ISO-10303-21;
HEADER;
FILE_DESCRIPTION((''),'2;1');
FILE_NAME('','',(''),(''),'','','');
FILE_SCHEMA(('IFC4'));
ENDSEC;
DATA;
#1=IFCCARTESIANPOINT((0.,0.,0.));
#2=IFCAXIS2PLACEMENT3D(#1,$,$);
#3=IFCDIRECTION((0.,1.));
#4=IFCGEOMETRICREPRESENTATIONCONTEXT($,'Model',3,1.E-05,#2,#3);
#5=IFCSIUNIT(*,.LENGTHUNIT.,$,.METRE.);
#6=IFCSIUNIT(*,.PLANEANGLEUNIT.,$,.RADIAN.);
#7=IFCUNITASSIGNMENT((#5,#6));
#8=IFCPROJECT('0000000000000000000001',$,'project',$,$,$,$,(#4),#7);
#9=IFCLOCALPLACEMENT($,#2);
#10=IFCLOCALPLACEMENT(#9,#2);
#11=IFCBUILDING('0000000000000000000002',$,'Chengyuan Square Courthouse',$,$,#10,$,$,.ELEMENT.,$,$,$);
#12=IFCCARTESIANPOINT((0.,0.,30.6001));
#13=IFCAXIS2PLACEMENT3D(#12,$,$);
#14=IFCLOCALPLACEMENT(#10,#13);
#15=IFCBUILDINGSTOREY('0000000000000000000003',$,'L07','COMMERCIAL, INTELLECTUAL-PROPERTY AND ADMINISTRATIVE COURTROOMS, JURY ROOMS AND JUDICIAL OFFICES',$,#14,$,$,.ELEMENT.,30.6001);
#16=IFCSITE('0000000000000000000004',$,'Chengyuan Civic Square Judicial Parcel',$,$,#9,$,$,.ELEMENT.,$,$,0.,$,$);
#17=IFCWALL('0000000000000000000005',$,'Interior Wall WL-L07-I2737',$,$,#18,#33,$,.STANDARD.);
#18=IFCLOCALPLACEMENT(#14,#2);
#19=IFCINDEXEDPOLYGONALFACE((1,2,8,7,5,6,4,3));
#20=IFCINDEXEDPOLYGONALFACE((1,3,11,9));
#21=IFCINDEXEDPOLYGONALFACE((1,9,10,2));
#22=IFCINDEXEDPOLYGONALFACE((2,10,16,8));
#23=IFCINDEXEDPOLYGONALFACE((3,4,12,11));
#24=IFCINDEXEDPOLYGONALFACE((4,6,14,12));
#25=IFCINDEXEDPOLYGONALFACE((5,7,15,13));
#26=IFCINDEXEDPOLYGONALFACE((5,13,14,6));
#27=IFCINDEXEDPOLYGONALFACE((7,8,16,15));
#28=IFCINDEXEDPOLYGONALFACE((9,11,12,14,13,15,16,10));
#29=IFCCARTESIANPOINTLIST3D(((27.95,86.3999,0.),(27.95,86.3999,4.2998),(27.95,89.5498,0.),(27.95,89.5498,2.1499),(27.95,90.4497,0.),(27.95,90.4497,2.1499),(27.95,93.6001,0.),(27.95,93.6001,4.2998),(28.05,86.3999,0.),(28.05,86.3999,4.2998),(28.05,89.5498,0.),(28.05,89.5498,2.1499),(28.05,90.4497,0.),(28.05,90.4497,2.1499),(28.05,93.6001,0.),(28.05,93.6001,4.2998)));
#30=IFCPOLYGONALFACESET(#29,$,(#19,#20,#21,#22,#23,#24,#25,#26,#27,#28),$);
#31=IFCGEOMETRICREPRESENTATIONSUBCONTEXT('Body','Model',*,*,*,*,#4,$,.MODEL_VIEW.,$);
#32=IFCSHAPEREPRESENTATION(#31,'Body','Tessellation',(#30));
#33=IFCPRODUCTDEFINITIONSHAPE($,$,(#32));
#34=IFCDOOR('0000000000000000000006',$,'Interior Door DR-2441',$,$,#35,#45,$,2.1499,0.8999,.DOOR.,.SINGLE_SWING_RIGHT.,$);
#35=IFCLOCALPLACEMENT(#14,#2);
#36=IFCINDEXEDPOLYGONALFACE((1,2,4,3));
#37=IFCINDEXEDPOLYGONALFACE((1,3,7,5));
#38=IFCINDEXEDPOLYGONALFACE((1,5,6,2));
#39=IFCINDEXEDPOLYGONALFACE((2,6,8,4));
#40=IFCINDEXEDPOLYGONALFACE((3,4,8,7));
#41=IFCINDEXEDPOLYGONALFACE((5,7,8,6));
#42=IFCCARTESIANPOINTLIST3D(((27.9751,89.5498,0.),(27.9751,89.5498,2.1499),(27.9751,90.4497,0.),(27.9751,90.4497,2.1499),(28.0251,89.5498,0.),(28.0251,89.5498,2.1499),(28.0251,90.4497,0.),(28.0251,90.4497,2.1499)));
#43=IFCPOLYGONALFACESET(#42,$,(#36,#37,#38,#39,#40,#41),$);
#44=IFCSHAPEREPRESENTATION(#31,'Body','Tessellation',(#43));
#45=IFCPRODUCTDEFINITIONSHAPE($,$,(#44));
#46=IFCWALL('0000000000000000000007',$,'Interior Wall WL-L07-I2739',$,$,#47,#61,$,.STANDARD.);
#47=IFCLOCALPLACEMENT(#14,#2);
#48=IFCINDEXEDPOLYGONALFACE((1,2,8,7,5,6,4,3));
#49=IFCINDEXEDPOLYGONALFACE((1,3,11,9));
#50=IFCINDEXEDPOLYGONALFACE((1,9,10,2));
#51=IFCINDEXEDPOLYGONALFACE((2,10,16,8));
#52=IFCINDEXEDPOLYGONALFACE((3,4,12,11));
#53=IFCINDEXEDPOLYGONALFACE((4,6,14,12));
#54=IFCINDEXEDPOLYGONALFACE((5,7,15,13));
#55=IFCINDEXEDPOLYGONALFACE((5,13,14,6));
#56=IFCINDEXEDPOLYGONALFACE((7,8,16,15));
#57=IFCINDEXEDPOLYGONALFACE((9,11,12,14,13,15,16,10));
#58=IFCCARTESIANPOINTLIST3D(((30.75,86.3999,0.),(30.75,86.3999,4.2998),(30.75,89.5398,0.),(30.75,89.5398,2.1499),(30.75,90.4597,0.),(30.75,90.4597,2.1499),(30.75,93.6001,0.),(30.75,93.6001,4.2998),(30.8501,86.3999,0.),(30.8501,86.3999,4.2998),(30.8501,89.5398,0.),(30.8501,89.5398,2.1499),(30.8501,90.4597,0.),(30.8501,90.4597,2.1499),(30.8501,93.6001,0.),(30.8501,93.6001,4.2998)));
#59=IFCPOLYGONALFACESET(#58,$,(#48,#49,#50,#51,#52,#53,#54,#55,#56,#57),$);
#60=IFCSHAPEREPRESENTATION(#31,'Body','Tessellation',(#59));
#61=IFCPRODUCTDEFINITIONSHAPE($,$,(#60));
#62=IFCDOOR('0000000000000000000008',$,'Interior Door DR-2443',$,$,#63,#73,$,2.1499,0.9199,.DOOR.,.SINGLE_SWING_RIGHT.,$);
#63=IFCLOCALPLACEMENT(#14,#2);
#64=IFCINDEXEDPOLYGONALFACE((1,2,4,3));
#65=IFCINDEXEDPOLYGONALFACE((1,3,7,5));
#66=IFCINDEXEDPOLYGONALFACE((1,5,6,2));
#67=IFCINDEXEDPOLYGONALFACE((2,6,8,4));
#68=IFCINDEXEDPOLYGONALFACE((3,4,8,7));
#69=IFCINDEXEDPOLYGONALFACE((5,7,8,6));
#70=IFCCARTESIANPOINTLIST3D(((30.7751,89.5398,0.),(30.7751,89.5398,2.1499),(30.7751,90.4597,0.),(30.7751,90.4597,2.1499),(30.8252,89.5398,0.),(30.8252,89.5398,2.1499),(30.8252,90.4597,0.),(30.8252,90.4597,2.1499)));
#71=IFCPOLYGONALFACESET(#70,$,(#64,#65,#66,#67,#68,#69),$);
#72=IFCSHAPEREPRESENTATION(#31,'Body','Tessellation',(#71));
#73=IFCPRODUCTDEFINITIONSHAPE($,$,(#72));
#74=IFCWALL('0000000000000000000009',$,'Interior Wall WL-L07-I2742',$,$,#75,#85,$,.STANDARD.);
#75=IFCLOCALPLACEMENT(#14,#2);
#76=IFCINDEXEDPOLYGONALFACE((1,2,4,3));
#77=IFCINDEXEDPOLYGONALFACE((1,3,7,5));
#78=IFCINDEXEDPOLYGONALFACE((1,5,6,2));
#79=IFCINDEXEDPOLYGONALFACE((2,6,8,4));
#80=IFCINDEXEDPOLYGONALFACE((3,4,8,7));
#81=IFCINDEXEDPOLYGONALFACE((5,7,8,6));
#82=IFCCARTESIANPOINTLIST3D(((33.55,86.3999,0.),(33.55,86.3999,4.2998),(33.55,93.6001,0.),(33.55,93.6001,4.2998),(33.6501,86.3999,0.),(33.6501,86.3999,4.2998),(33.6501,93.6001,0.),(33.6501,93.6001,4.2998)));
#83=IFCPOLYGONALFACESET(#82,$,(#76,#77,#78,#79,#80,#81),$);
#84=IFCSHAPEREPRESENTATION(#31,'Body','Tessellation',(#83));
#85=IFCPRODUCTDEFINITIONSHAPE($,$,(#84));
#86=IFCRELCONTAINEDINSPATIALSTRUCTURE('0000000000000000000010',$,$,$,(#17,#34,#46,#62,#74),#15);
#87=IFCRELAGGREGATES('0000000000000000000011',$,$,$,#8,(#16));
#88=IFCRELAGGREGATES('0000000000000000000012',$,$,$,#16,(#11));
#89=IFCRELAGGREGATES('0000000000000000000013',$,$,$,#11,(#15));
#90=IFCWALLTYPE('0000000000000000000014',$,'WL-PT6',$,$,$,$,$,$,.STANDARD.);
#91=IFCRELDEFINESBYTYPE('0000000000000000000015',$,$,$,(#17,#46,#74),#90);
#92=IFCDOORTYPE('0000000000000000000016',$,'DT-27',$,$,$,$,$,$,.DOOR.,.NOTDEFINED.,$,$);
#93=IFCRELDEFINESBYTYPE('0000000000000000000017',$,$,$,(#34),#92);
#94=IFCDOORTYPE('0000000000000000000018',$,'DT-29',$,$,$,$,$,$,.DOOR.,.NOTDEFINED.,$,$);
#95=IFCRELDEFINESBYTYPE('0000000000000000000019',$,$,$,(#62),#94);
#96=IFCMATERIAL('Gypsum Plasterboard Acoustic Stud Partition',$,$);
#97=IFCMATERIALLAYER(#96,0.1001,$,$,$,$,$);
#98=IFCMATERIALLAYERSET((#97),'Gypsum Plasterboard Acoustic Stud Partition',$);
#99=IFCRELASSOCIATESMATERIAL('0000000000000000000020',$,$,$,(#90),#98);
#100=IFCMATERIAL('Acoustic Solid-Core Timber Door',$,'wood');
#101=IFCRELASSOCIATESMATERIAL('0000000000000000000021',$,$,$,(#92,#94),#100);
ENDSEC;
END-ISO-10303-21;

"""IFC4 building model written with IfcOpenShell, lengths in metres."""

from ifc_helpers import new_model, si_unit, direction, frame, frame_2d, origin, place, context, subcontext, project, spatial, rectangle, extrude, material, layer, layer_set, type_object, element, fill, save


model = new_model("IFC4")

# Units and contexts
model_context = context("Model", 3, precision=1e-05, world=origin(), true_north=direction((0.0, 1.0)))
body_context = subcontext(model_context, "Body", "Model", "MODEL_VIEW")
ifc_project = project(units=[si_unit("LENGTHUNIT", "METRE"), si_unit("PLANEANGLEUNIT", "RADIAN")], contexts=[model_context])

# Site, building, storey
site_placement = place(None, origin())
site = spatial("IfcSite", under=ifc_project, at=site_placement, Name="Chengyuan Civic Square Judicial Parcel", CompositionType="ELEMENT", RefElevation=0.0)
building_placement = place(site_placement, origin())
building = spatial("IfcBuilding", under=site, at=building_placement, Name="Chengyuan Square Courthouse", CompositionType="ELEMENT")
storey_placement = place(building_placement, frame((0.0, 0.0, 30.6001)))
storey = spatial("IfcBuildingStorey", under=building, at=storey_placement, Name="L07", Description="COMMERCIAL, INTELLECTUAL-PROPERTY AND ADMINISTRATIVE COURTROOMS, JURY ROOMS AND JUDICIAL OFFICES", CompositionType="ELEMENT", Elevation=30.6001)

# Shared definitions
ifc_material_1 = material(Name="Gypsum Plasterboard Acoustic Stud Partition")
ifc_layer_1 = layer(ifc_material_1, 0.1001)
ifc_layer_set_1 = layer_set([ifc_layer_1], Name="Gypsum Plasterboard Acoustic Stud Partition")
wall_type_1 = type_object("IfcWallType", Name="WL-PT6", PredefinedType="STANDARD", material=ifc_layer_set_1)

# Shared definitions
ifc_material_2 = material(Name="Acoustic Solid-Core Timber Door", Category="wood")

# Walls, openings, doors
wall_1_placement = place(storey_placement, frame((28.0, 86.3999, 0.0), z_axis=(0.0, 0.0, 1.0), x_axis=(0.0, 1.0, 0.0)))
wall_1 = element("IfcWall", 1, at=wall_1_placement, inside=storey, type_object=wall_type_1, Name="Interior Wall WL-L07-I2737", PredefinedType="STANDARD", context=body_context, shape_type="SweptSolid", body=[
    extrude(rectangle(XDim=7.2002, YDim=0.1001, at=frame_2d((3.6001, 0.0))), origin(), (0.0, 0.0, 1.0), 4.2998),
])
opening_1_placement = place(wall_1_placement, frame((3.1499, 0.0, 0.0)))
opening_1 = element("IfcOpeningElement", 2, at=opening_1_placement, cuts=wall_1, PredefinedType="OPENING", context=body_context, shape_type="SweptSolid", body=[
    extrude(rectangle(XDim=0.8999, YDim=2.1499, at=frame_2d((0.45, 1.075))), frame((0.0, 0.062, 0.0), z_axis=(0.0, -1.0, 0.0), x_axis=(1.0, 0.0, 0.0)), (0.0, 0.0, 1.0), 0.124),
])
door_type_1 = type_object("IfcDoorType", Name="DT-27", OperationType="NOTDEFINED", PredefinedType="DOOR", material=ifc_material_2)
door_1_placement = place(opening_1_placement, origin())
door_1 = element("IfcDoor", 3, at=door_1_placement, inside=storey, type_object=door_type_1, Name="Interior Door DR-2441", OperationType="SINGLE_SWING_RIGHT", OverallHeight=2.1499, OverallWidth=0.8999, PredefinedType="DOOR", context=body_context, shape_type="SweptSolid", body=[
    extrude(rectangle(XDim=0.8999, YDim=2.1499, at=frame_2d((0.45, 1.075))), frame((0.0, 0.0249, 0.0), z_axis=(0.0, -1.0, 0.0), x_axis=(1.0, 0.0, 0.0)), (0.0, 0.0, 1.0), 0.05),
])
fill(opening_1, door_1)
wall_2_placement = place(storey_placement, frame((30.8, 86.3999, 0.0), z_axis=(0.0, 0.0, 1.0), x_axis=(0.0, 1.0, 0.0)))
wall_2 = element("IfcWall", 4, at=wall_2_placement, inside=storey, type_object=wall_type_1, Name="Interior Wall WL-L07-I2739", PredefinedType="STANDARD", context=body_context, shape_type="SweptSolid", body=[
    extrude(rectangle(XDim=7.2002, YDim=0.1001, at=frame_2d((3.6001, 0.0))), origin(), (0.0, 0.0, 1.0), 4.2998),
])
opening_2_placement = place(wall_2_placement, frame((3.1399, 0.0, 0.0)))
opening_2 = element("IfcOpeningElement", 5, at=opening_2_placement, cuts=wall_2, PredefinedType="OPENING", context=body_context, shape_type="SweptSolid", body=[
    extrude(rectangle(XDim=0.9199, YDim=2.1499, at=frame_2d((0.46, 1.075))), frame((0.0, 0.062, 0.0), z_axis=(0.0, -1.0, 0.0), x_axis=(1.0, 0.0, 0.0)), (0.0, 0.0, 1.0), 0.124),
])
door_type_2 = type_object("IfcDoorType", Name="DT-29", OperationType="NOTDEFINED", PredefinedType="DOOR", material=ifc_material_2)
door_2_placement = place(opening_2_placement, origin())
door_2 = element("IfcDoor", 6, at=door_2_placement, inside=storey, type_object=door_type_2, Name="Interior Door DR-2443", OperationType="SINGLE_SWING_RIGHT", OverallHeight=2.1499, OverallWidth=0.9199, PredefinedType="DOOR", context=body_context, shape_type="SweptSolid", body=[
    extrude(rectangle(XDim=0.9199, YDim=2.1499, at=frame_2d((0.46, 1.075))), frame((0.0, 0.0249, 0.0), z_axis=(0.0, -1.0, 0.0), x_axis=(1.0, 0.0, 0.0)), (0.0, 0.0, 1.0), 0.05),
])
fill(opening_2, door_2)

# Wall
wall_3_placement = place(storey_placement, frame((33.6001, 86.3999, 0.0), z_axis=(0.0, 0.0, 1.0), x_axis=(0.0, 1.0, 0.0)))
element("IfcWall", 7, at=wall_3_placement, inside=storey, type_object=wall_type_1, Name="Interior Wall WL-L07-I2742", PredefinedType="STANDARD", context=body_context, shape_type="SweptSolid", body=[
    extrude(rectangle(XDim=7.2002, YDim=0.1001, at=frame_2d((3.6001, 0.0))), origin(), (0.0, 0.0, 1.0), 4.2998),
])

save(model, "model.ifc")
